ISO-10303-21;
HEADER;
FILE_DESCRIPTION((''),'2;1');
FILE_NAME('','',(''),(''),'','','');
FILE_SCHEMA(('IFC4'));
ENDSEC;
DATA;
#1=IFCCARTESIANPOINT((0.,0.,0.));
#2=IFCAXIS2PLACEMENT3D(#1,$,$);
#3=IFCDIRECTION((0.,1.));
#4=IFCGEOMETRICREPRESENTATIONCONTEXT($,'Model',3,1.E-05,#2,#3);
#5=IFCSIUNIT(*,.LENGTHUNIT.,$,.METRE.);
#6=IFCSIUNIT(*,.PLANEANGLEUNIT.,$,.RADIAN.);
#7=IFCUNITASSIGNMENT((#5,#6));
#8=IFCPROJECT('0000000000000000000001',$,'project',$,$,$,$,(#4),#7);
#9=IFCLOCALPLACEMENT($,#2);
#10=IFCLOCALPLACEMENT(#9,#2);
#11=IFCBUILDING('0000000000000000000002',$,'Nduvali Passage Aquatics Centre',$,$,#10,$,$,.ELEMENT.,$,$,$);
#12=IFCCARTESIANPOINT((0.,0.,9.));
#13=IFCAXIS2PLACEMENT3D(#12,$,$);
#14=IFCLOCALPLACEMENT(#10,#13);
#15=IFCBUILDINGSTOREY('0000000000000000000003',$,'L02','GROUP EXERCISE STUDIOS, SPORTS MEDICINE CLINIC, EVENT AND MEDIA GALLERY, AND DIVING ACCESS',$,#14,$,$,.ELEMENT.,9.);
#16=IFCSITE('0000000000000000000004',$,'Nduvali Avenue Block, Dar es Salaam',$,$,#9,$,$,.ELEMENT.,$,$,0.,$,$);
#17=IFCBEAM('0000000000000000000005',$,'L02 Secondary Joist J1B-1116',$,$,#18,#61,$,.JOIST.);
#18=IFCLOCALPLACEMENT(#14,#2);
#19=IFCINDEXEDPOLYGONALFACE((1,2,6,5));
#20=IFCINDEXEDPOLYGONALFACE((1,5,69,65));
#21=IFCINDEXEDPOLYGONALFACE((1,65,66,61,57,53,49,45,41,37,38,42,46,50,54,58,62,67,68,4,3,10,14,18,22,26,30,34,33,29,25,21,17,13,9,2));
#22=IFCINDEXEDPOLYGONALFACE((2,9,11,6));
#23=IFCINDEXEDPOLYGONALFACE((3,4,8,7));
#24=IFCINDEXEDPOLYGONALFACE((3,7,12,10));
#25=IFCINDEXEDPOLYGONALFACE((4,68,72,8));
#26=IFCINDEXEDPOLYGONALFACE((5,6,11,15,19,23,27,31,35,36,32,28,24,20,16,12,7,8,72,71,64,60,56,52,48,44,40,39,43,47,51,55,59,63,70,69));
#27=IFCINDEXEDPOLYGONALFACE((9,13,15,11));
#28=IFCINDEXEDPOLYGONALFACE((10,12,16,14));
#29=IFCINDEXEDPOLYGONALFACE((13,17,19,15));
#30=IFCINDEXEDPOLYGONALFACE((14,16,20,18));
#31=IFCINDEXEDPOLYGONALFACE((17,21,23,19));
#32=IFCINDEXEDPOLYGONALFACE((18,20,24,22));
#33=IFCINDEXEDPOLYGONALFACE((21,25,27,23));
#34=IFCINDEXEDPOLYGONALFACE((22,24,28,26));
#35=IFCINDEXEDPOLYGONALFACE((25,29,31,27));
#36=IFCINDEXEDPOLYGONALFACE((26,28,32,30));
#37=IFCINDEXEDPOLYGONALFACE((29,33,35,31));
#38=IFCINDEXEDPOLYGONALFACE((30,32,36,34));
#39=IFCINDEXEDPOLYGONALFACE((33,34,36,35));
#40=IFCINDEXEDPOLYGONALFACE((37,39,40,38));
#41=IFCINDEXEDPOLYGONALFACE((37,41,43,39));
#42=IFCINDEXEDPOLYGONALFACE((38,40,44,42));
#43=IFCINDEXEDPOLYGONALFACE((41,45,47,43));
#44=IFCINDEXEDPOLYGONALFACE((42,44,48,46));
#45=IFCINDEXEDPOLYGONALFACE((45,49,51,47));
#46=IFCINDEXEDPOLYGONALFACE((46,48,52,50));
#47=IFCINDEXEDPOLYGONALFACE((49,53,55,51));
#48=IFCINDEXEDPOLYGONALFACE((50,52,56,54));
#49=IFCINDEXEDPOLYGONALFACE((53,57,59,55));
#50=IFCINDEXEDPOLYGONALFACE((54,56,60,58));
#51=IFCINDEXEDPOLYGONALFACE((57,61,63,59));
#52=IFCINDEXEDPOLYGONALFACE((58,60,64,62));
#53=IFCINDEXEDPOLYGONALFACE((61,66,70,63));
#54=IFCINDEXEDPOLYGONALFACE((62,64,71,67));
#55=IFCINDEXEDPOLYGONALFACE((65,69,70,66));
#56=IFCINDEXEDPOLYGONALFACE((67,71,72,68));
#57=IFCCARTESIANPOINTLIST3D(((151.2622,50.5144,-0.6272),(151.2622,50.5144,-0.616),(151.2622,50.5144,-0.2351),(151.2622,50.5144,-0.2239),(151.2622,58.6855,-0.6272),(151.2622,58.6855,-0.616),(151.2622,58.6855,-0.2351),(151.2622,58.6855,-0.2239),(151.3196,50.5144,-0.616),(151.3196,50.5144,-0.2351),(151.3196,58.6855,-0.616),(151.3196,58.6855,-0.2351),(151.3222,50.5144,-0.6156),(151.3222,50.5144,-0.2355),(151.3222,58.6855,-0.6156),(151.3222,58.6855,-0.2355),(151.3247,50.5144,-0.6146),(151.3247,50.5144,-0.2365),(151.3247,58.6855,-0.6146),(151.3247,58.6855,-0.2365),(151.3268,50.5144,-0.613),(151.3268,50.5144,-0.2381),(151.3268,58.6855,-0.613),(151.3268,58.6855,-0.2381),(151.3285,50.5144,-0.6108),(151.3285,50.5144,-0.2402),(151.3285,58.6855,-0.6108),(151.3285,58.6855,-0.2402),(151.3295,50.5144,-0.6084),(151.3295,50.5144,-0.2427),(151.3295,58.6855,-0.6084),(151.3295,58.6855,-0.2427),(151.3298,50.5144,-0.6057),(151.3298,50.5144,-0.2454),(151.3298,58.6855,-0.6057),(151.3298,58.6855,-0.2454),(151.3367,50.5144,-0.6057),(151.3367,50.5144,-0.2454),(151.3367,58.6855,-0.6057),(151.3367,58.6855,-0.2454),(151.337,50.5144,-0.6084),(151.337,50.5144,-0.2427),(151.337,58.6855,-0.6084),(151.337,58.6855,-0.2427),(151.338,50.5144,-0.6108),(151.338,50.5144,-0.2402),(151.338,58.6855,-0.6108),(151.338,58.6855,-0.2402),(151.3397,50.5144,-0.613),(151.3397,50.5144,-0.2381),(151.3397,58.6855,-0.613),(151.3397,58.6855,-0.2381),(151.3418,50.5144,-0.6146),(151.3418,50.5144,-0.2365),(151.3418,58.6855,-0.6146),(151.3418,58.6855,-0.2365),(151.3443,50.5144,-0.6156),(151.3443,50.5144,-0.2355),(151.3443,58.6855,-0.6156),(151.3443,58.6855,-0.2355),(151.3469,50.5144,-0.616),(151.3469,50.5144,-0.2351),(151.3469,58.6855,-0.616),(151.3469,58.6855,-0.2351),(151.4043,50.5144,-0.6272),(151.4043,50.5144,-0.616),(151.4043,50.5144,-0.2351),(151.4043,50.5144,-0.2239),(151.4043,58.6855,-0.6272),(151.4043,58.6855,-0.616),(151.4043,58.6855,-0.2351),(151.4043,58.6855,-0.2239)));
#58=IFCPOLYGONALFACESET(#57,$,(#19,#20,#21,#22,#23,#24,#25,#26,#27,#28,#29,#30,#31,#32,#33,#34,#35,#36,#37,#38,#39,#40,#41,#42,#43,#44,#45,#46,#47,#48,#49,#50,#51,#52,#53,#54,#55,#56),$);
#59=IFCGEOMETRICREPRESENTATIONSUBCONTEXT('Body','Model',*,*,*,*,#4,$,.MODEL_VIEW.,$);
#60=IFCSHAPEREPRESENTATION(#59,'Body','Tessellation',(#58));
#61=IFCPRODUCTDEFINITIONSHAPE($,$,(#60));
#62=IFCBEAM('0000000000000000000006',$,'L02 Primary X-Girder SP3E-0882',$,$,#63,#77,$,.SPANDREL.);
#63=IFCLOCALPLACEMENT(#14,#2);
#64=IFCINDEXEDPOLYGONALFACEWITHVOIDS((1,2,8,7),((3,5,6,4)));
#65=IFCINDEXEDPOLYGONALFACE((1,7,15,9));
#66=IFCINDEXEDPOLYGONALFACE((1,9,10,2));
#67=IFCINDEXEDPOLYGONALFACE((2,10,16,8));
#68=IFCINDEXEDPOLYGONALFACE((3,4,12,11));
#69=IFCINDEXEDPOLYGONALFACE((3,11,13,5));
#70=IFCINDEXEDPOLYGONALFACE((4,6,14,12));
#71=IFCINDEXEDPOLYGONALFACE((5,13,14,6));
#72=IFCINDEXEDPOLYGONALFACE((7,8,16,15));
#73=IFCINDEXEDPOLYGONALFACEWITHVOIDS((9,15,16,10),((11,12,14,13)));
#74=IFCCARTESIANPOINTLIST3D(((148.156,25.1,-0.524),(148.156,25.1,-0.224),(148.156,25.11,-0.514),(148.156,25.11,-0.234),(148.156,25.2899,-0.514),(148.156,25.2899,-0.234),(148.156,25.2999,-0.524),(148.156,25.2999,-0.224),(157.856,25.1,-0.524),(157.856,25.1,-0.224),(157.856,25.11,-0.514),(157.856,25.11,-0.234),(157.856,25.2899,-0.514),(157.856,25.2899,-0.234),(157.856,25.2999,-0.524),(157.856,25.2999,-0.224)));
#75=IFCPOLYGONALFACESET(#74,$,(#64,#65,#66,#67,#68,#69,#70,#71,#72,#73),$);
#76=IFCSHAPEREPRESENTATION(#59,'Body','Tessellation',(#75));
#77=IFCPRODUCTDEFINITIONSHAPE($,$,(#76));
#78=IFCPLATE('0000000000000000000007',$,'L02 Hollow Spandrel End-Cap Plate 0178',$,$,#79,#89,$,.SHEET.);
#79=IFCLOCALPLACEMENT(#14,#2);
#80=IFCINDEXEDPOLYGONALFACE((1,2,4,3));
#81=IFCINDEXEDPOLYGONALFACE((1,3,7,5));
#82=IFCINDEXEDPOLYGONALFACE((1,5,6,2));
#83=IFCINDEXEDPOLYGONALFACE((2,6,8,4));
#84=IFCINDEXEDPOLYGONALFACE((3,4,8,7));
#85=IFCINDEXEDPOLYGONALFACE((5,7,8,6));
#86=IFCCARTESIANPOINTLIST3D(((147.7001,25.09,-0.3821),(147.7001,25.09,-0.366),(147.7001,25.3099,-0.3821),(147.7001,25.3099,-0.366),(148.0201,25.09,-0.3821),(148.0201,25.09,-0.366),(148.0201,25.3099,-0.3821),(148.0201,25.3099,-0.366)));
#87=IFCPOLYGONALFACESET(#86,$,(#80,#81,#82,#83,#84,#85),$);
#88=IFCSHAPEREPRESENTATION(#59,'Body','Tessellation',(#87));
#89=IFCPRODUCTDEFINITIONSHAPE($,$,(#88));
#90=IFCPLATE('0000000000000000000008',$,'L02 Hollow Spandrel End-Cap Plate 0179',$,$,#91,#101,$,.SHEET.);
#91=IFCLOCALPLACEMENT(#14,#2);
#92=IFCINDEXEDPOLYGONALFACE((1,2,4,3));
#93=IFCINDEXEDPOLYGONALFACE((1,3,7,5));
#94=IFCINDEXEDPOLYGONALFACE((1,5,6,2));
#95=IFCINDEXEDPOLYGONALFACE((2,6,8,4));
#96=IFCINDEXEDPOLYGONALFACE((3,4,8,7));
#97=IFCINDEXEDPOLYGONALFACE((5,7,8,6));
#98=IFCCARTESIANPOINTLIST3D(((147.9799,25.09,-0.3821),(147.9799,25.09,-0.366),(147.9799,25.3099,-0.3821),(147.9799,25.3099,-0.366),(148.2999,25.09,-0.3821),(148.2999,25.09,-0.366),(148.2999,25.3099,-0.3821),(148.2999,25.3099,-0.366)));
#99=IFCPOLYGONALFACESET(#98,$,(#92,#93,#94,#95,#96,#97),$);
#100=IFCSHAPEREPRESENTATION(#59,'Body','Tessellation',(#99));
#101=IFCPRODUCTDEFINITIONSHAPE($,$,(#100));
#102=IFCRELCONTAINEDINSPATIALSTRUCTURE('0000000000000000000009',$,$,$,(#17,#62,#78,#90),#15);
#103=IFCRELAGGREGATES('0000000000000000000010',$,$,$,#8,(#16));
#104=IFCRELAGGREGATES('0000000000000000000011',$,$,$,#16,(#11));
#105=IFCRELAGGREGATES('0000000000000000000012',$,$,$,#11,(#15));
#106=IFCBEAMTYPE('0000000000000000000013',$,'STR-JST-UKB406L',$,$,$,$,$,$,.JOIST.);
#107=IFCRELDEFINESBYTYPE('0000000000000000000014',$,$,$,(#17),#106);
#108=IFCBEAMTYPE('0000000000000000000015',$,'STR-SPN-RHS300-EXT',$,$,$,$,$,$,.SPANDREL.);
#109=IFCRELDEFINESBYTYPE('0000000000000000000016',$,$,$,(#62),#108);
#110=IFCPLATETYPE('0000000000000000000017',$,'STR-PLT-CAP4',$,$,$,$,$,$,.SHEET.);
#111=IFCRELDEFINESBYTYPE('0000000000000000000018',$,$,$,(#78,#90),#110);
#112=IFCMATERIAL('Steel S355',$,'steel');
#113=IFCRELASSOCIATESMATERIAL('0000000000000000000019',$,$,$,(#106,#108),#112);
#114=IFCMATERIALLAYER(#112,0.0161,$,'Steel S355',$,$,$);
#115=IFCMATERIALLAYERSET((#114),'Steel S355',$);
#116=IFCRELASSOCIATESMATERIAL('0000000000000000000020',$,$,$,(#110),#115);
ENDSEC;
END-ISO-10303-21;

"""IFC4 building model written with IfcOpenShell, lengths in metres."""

from ifc_helpers import new_model, si_unit, direction, frame, origin, origin_2d, place, context, subcontext, project, spatial, rectangle, hollow_rectangle, i_section, extrude, material, layer, layer_set, material_profile, profile_set, type_object, element, save


model = new_model("IFC4")

# Units and contexts
model_context = context("Model", 3, precision=1e-05, world=origin(), true_north=direction((0.0, 1.0)))
body_context = subcontext(model_context, "Body", "Model", "MODEL_VIEW")
ifc_project = project(units=[si_unit("LENGTHUNIT", "METRE"), si_unit("PLANEANGLEUNIT", "RADIAN")], contexts=[model_context])

# Site, building, storey
site_placement = place(None, origin())
site = spatial("IfcSite", under=ifc_project, at=site_placement, Name="Nduvali Avenue Block, Dar es Salaam", CompositionType="ELEMENT", RefElevation=0.0)
building_placement = place(site_placement, origin())
building = spatial("IfcBuilding", under=site, at=building_placement, Name="Nduvali Passage Aquatics Centre", CompositionType="ELEMENT")
storey_placement = place(building_placement, frame((0.0, 0.0, 9.0)))
storey = spatial("IfcBuildingStorey", under=building, at=storey_placement, Name="L02", Description="GROUP EXERCISE STUDIOS, SPORTS MEDICINE CLINIC, EVENT AND MEDIA GALLERY, AND DIVING ACCESS", CompositionType="ELEMENT", Elevation=9.0)

# Beams
ifc_material = material(Name="Steel S355", Category="steel")
ifc_material_profile_1 = material_profile(ifc_material, i_section(OverallWidth=0.1421, OverallDepth=0.4033, WebThickness=0.0068, FlangeThickness=0.0112, FilletRadius=0.0103, at=origin_2d()), Name="UKB 406x140x46")
ifc_profile_set_1 = profile_set([ifc_material_profile_1], Name="Steel S355")
beam_type_1 = type_object("IfcBeamType", Name="STR-JST-UKB406L", PredefinedType="JOIST", material=ifc_profile_set_1)
beam_1_placement = place(storey_placement, frame((151.3333, 50.5144, -0.4255), z_axis=(0.0, 1.0, 0.0), x_axis=(-1.0, 0.0, 0.0)))
element("IfcBeam", 1, at=beam_1_placement, inside=storey, type_object=beam_type_1, Name="L02 Secondary Joist J1B-1116", PredefinedType="JOIST", context=body_context, shape_type="SweptSolid", body=[
    extrude(i_section(OverallWidth=0.1421, OverallDepth=0.4033, WebThickness=0.0068, FlangeThickness=0.0112, FilletRadius=0.0103, at=origin_2d()), origin(), (0.0, 0.0, 1.0), 8.1711),
])
ifc_material_profile_2 = material_profile(ifc_material, hollow_rectangle(XDim=0.2, YDim=0.3, WallThickness=0.01, at=origin_2d()), Name="RHS 300x200x10.0")
ifc_profile_set_2 = profile_set([ifc_material_profile_2], Name="Steel S355")
beam_type_2 = type_object("IfcBeamType", Name="STR-SPN-RHS300-EXT", PredefinedType="SPANDREL", material=ifc_profile_set_2)
beam_2_placement = place(storey_placement, frame((148.156, 25.2, -0.374), z_axis=(1.0, 0.0, 0.0), x_axis=(0.0, 1.0, 0.0)))
element("IfcBeam", 2, at=beam_2_placement, inside=storey, type_object=beam_type_2, Name="L02 Primary X-Girder SP3E-0882", PredefinedType="SPANDREL", context=body_context, shape_type="SweptSolid", body=[
    extrude(hollow_rectangle(XDim=0.2, YDim=0.3, WallThickness=0.01, at=origin_2d()), origin(), (0.0, 0.0, 1.0), 9.7),
])

# Plates
ifc_layer = layer(ifc_material, 0.0161, Name="Steel S355")
ifc_layer_set = layer_set([ifc_layer], Name="Steel S355")
plate_type = type_object("IfcPlateType", Name="STR-PLT-CAP4", PredefinedType="SHEET", material=ifc_layer_set)
for number, where, z_axis, x_axis, name in (
    (3, (147.8601, 25.2, -0.3821), (0.0, 0.0, 1.0), (1.0, 0.0, 0.0), "L02 Hollow Spandrel End-Cap Plate 0178"),
    (4, (148.1399, 25.2, -0.3821), (0.0, 0.0, 1.0), (1.0, 0.0, 0.0), "L02 Hollow Spandrel End-Cap Plate 0179"),
):
    element("IfcPlate", number, at=place(storey_placement, frame(where, z_axis=z_axis, x_axis=x_axis)), inside=storey, type_object=plate_type, Name=name, PredefinedType="SHEET", context=body_context, shape_type="SweptSolid", body=[
        extrude(rectangle(XDim=0.3201, YDim=0.22, at=origin_2d()), origin(), (0.0, 0.0, 1.0), 0.0161),
    ])

save(model, "model.ifc")
